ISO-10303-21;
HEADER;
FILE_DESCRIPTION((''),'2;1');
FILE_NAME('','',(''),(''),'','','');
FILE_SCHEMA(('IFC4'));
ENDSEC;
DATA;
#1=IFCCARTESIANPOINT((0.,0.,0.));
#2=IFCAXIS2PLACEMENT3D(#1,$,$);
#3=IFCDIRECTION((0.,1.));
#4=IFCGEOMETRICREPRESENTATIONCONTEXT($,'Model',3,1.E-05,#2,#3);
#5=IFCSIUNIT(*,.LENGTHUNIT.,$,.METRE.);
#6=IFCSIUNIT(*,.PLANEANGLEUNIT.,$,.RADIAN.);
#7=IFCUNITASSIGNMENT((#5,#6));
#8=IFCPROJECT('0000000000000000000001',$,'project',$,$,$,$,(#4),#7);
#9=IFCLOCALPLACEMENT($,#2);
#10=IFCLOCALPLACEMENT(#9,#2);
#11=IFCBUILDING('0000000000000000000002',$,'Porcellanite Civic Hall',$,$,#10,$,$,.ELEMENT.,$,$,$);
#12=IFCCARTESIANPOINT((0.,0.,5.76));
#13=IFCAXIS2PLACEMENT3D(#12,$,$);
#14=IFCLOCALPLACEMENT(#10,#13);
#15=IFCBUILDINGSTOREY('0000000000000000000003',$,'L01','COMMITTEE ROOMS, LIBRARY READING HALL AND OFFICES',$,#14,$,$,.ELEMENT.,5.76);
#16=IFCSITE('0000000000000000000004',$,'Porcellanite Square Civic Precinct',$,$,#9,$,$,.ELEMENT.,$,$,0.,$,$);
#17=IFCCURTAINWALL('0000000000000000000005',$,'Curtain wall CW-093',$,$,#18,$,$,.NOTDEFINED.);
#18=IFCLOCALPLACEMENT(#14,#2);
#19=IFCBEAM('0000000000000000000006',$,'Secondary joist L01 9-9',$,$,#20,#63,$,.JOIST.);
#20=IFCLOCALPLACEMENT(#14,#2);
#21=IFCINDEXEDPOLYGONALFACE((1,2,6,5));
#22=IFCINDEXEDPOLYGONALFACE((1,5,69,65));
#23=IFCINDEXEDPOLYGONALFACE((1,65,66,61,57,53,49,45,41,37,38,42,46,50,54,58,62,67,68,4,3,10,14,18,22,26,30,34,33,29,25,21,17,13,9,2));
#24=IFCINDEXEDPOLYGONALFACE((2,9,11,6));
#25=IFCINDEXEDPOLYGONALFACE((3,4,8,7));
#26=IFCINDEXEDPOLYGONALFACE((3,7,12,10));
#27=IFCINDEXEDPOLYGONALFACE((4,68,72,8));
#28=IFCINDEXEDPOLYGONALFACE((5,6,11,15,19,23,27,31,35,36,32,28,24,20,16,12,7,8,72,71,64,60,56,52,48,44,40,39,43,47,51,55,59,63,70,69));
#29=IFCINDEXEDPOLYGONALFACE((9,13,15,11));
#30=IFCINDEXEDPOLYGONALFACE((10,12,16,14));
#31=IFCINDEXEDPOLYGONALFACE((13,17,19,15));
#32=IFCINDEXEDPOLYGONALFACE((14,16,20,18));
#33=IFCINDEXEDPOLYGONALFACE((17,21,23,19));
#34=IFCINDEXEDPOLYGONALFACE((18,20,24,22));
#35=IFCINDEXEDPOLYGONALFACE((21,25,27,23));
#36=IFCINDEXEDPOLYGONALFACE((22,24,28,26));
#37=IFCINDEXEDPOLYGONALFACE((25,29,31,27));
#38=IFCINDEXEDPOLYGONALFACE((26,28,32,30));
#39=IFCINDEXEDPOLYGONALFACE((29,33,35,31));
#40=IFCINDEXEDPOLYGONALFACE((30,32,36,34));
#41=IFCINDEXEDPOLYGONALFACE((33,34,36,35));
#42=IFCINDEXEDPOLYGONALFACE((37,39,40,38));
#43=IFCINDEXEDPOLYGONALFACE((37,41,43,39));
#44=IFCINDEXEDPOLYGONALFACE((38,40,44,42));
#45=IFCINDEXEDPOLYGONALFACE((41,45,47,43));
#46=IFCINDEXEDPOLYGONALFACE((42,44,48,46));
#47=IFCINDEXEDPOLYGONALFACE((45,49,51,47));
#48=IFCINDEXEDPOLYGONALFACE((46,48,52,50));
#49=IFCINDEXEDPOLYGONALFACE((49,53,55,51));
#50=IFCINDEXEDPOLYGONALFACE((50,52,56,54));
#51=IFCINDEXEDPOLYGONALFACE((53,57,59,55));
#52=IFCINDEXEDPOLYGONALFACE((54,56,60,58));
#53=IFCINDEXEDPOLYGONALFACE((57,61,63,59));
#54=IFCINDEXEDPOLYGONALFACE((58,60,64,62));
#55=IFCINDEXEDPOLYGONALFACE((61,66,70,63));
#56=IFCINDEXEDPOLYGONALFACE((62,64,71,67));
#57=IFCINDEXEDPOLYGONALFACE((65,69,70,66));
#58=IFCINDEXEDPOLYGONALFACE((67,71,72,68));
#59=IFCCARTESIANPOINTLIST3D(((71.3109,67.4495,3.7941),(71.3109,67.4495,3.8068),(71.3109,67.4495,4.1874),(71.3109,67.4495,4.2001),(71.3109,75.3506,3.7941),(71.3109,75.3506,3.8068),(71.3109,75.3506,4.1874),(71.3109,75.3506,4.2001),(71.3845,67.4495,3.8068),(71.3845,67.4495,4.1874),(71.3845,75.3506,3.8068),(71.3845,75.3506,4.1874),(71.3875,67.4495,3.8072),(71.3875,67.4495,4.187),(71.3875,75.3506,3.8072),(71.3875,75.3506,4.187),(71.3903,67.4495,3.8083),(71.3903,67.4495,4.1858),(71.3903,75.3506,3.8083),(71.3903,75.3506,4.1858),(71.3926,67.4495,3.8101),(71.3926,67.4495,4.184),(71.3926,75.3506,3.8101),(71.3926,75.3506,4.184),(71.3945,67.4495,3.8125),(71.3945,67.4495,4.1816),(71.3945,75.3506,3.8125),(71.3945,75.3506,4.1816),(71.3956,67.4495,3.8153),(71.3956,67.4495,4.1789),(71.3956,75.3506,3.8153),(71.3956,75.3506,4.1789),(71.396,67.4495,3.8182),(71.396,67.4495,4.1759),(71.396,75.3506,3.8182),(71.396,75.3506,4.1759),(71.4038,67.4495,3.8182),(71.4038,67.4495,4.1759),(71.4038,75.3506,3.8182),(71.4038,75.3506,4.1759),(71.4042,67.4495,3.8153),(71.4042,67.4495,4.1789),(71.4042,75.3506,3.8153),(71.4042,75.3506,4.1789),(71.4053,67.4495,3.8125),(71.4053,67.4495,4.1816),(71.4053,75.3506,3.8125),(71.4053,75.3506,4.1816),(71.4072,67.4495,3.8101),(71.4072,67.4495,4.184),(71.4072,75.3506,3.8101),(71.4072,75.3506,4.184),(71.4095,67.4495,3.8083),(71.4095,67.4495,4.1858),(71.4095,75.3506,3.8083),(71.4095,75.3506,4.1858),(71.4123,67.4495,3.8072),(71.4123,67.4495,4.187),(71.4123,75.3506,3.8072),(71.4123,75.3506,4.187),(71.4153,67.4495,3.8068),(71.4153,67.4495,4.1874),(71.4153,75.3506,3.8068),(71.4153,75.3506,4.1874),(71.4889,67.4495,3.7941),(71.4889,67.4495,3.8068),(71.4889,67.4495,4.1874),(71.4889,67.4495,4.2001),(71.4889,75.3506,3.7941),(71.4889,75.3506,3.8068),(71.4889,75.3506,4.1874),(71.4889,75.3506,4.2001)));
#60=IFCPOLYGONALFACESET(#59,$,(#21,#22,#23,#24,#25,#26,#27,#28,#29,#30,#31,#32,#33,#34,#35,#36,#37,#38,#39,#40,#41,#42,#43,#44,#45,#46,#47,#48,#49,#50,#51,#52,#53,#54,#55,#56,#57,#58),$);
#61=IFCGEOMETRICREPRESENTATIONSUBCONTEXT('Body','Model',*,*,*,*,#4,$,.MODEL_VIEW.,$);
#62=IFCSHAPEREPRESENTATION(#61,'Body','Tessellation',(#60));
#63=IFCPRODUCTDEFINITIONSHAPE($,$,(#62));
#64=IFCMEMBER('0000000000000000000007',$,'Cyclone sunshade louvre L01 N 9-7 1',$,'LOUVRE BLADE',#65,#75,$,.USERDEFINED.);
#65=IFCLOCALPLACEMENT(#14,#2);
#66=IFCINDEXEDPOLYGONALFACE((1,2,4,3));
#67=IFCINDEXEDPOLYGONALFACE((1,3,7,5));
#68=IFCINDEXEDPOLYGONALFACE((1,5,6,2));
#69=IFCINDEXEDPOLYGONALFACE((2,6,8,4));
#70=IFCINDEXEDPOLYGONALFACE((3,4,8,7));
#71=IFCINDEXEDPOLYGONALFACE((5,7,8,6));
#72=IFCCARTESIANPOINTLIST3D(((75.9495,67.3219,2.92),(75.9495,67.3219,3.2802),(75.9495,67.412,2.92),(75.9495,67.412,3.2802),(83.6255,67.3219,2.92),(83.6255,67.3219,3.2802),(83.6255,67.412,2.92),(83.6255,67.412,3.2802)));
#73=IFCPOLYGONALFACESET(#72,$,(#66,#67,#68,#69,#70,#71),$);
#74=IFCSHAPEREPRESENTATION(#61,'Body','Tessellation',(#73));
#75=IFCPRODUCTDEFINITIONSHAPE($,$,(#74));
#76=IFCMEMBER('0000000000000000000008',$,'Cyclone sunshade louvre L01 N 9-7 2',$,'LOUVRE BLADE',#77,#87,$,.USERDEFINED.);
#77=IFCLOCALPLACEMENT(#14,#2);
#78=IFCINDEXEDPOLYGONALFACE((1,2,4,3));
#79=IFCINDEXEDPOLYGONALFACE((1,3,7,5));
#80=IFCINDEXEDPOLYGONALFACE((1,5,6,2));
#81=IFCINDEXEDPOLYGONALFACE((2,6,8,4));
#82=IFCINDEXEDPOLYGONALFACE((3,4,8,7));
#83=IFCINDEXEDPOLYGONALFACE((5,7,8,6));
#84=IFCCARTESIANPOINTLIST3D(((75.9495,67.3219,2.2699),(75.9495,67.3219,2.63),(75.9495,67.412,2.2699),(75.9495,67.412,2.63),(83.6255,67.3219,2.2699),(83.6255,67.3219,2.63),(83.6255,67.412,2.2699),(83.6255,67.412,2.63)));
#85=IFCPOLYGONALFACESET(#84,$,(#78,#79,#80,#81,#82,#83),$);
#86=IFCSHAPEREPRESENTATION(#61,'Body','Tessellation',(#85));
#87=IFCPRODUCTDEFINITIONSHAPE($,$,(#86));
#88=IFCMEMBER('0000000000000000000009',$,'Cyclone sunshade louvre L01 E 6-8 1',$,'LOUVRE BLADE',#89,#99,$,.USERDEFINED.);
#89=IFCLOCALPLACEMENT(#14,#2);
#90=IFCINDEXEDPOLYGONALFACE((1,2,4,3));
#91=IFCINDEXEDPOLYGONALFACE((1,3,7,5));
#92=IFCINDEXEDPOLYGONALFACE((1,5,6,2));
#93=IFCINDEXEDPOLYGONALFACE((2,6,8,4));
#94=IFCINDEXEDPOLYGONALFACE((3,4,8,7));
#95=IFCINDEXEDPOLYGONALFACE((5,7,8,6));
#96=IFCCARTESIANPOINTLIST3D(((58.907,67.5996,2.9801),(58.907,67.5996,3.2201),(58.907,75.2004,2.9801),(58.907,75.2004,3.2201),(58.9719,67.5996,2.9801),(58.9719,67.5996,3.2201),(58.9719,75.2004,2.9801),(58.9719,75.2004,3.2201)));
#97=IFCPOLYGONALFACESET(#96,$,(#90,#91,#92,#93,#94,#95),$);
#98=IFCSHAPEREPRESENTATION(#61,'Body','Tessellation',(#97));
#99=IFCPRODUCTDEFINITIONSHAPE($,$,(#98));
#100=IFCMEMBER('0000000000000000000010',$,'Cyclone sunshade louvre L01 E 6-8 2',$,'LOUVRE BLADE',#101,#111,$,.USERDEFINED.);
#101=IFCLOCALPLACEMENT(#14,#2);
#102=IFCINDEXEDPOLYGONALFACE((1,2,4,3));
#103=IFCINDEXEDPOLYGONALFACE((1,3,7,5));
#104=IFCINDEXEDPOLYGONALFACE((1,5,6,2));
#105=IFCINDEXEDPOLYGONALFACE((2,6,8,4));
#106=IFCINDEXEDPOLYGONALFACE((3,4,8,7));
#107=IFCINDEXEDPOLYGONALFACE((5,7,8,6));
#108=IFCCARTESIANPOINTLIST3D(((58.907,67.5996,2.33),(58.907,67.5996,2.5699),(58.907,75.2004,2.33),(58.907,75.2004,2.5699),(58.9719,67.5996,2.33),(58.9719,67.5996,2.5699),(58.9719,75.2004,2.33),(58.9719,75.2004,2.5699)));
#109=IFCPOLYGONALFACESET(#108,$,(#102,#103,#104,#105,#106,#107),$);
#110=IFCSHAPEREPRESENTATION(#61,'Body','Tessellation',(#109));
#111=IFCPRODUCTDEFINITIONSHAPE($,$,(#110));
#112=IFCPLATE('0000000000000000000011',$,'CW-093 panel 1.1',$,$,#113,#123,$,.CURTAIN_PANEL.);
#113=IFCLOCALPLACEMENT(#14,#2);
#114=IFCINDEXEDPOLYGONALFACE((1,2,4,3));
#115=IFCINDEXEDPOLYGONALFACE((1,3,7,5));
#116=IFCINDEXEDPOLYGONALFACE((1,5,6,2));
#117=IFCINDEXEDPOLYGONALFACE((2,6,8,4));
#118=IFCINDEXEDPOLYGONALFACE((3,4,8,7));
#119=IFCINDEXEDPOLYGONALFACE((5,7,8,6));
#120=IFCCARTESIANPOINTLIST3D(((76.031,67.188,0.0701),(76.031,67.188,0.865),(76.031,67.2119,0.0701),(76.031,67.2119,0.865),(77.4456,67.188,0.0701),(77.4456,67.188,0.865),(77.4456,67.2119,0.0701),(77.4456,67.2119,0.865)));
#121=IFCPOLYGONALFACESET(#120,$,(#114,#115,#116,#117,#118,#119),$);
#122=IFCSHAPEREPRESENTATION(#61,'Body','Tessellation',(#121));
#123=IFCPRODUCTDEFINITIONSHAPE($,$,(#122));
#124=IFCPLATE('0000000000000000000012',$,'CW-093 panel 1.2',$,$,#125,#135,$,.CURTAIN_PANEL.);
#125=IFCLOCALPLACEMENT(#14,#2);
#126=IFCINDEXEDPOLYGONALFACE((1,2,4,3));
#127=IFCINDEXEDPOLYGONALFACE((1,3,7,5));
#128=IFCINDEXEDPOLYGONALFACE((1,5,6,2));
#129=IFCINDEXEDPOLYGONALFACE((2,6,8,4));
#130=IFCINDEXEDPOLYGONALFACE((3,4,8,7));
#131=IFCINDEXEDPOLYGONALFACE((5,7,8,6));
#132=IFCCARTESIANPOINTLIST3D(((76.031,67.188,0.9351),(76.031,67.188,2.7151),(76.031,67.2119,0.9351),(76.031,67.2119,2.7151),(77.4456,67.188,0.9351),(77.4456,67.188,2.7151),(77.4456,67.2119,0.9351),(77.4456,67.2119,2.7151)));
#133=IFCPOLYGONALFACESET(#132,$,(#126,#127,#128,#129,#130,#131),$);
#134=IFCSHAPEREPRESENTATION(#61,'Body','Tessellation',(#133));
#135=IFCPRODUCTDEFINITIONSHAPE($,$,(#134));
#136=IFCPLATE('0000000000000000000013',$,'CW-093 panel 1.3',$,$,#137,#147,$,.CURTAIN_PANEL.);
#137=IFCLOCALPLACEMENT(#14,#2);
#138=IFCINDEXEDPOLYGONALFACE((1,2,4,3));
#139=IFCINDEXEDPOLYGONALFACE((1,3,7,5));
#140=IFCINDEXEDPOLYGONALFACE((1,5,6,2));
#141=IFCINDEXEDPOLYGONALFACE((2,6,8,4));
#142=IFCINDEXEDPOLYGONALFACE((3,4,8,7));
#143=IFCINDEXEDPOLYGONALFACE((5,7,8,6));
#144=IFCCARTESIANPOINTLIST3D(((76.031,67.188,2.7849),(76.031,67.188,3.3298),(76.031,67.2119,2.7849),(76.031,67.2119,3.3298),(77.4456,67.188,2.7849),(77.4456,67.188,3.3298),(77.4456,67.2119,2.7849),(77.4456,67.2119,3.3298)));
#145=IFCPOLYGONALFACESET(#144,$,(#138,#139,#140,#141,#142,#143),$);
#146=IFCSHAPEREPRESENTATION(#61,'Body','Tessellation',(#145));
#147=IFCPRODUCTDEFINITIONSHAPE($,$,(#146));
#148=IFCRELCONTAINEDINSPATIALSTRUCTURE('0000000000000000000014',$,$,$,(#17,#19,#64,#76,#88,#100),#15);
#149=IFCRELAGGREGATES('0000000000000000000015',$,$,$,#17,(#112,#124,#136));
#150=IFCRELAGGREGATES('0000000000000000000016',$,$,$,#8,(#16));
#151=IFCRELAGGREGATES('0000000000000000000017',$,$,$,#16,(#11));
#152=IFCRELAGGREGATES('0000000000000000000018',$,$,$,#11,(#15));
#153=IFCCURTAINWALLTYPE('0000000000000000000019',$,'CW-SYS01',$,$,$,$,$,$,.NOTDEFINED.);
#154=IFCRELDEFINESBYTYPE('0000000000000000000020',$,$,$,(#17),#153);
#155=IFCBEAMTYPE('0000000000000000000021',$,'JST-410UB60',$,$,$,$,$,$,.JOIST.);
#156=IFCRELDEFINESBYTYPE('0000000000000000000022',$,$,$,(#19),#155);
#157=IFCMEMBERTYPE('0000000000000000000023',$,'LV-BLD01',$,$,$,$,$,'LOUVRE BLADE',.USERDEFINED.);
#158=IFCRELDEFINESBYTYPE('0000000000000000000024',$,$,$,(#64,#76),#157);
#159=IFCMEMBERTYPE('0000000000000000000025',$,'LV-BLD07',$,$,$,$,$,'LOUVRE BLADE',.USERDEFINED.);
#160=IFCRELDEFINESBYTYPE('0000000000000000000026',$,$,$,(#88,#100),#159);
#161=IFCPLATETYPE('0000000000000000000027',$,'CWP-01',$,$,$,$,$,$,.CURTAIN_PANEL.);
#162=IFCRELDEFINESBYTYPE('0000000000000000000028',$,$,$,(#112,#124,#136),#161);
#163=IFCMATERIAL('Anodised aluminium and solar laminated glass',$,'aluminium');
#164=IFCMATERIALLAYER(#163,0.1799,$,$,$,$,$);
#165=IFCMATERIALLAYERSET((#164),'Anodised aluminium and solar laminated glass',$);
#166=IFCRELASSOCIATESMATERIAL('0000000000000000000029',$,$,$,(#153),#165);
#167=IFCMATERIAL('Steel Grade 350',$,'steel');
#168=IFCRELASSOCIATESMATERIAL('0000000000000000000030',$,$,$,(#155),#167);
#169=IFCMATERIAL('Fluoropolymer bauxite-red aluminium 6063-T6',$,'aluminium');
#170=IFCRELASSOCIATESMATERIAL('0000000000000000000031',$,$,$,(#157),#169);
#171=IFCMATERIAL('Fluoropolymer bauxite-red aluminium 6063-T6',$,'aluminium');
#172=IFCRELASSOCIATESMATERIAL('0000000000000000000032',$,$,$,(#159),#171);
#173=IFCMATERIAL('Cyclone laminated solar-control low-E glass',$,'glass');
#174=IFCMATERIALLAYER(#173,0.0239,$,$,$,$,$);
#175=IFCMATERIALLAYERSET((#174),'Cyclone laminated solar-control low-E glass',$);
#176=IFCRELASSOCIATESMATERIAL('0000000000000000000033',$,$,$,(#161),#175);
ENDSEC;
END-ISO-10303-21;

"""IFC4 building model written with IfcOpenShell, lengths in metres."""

from ifc_helpers import new_model, si_unit, direction, frame, origin, origin_2d, place, context, subcontext, project, spatial, rectangle, i_section, extrude, material, layer, layer_set, material_profile, profile_set, type_object, element, aggregate, save


model = new_model("IFC4")

# Units and contexts
model_context = context("Model", 3, precision=1e-05, world=origin(), true_north=direction((0.0, 1.0)))
body_context = subcontext(model_context, "Body", "Model", "MODEL_VIEW")
ifc_project = project(units=[si_unit("LENGTHUNIT", "METRE"), si_unit("PLANEANGLEUNIT", "RADIAN")], contexts=[model_context])

# Site, building, storey
site_placement = place(None, origin())
site = spatial("IfcSite", under=ifc_project, at=site_placement, Name="Porcellanite Square Civic Precinct", CompositionType="ELEMENT", RefElevation=0.0)
building_placement = place(site_placement, origin())
building = spatial("IfcBuilding", under=site, at=building_placement, Name="Porcellanite Civic Hall", CompositionType="ELEMENT")
storey_placement = place(building_placement, frame((0.0, 0.0, 5.76)))
storey = spatial("IfcBuildingStorey", under=building, at=storey_placement, Name="L01", Description="COMMITTEE ROOMS, LIBRARY READING HALL AND OFFICES", CompositionType="ELEMENT", Elevation=5.76)

# Curtain wall
ifc_material_1 = material(Name="Anodised aluminium and solar laminated glass", Category="aluminium")
ifc_layer_1 = layer(ifc_material_1, 0.1799)
ifc_layer_set_1 = layer_set([ifc_layer_1], Name="Anodised aluminium and solar laminated glass")
curtain_wall_type_1 = type_object("IfcCurtainWallType", Name="CW-SYS01", PredefinedType="NOTDEFINED", material=ifc_layer_set_1)
curtain_wall_1_placement = place(storey_placement, origin())
curtain_wall_1 = element("IfcCurtainWall", 1, at=curtain_wall_1_placement, inside=storey, type_object=curtain_wall_type_1, Name="Curtain wall CW-093", PredefinedType="NOTDEFINED")

# Beam
ifc_material_2 = material(Name="Steel Grade 350", Category="steel")
ifc_material_profile_1 = material_profile(ifc_material_2, i_section(OverallWidth=0.178, OverallDepth=0.406, WebThickness=0.0078, FlangeThickness=0.0127, FilletRadius=0.0115, at=origin_2d()), Name="410UB59.7")
ifc_profile_set_1 = profile_set([ifc_material_profile_1], Name="Steel Grade 350")
beam_type_1 = type_object("IfcBeamType", Name="JST-410UB60", PredefinedType="JOIST", material=ifc_profile_set_1)
beam_1_placement = place(storey_placement, frame((71.3999, 67.4495, 3.9971), z_axis=(0.0, 1.0, 0.0), x_axis=(-1.0, 0.0, 0.0)))
element("IfcBeam", 2, at=beam_1_placement, inside=storey, type_object=beam_type_1, Name="Secondary joist L01 9-9", PredefinedType="JOIST", context=body_context, shape_type="SweptSolid", body=[
    extrude(i_section(OverallWidth=0.178, OverallDepth=0.406, WebThickness=0.0078, FlangeThickness=0.0127, FilletRadius=0.0115, at=origin_2d()), origin(), (0.0, 0.0, 1.0), 7.9011),
])

# Members
ifc_material_3 = material(Name="Fluoropolymer bauxite-red aluminium 6063-T6", Category="aluminium")
ifc_material_profile_2 = material_profile(ifc_material_3, rectangle(XDim=0.0901, YDim=0.3601, at=origin_2d()), Name="AL-90x360")
ifc_profile_set_2 = profile_set([ifc_material_profile_2], Name="Fluoropolymer bauxite-red aluminium 6063-T6")
member_type_1 = type_object("IfcMemberType", Name="LV-BLD01", ElementType="LOUVRE BLADE", PredefinedType="USERDEFINED", material=ifc_profile_set_2)
for number, where, z_axis, x_axis, name in (
    (3, (75.9495, 67.3669, 3.1001), (1.0, 0.0, 0.0), (0.0, 1.0, 0.0), "Cyclone sunshade louvre L01 N 9-7 1"),
    (4, (75.9495, 67.3669, 2.45), (1.0, 0.0, 0.0), (0.0, 1.0, 0.0), "Cyclone sunshade louvre L01 N 9-7 2"),
):
    element("IfcMember", number, at=place(storey_placement, frame(where, z_axis=z_axis, x_axis=x_axis)), inside=storey, type_object=member_type_1, Name=name, ObjectType="LOUVRE BLADE", PredefinedType="USERDEFINED", context=body_context, shape_type="SweptSolid", body=[
        extrude(rectangle(XDim=0.0901, YDim=0.3601, at=origin_2d()), origin(), (0.0, 0.0, 1.0), 7.676),
    ])
ifc_material_4 = material(Name="Fluoropolymer bauxite-red aluminium 6063-T6", Category="aluminium")
ifc_material_profile_3 = material_profile(ifc_material_4, rectangle(XDim=0.0649, YDim=0.24, at=origin_2d()), Name="AL-65x240")
ifc_profile_set_3 = profile_set([ifc_material_profile_3], Name="Fluoropolymer bauxite-red aluminium 6063-T6")
member_type_2 = type_object("IfcMemberType", Name="LV-BLD07", ElementType="LOUVRE BLADE", PredefinedType="USERDEFINED", material=ifc_profile_set_3)
for number, where, z_axis, x_axis, name in (
    (5, (58.9395, 75.2004, 3.1001), (0.0, -1.0, 0.0), (1.0, 0.0, 0.0), "Cyclone sunshade louvre L01 E 6-8 1"),
    (6, (58.9395, 75.2004, 2.45), (0.0, -1.0, 0.0), (1.0, 0.0, 0.0), "Cyclone sunshade louvre L01 E 6-8 2"),
):
    element("IfcMember", number, at=place(storey_placement, frame(where, z_axis=z_axis, x_axis=x_axis)), inside=storey, type_object=member_type_2, Name=name, ObjectType="LOUVRE BLADE", PredefinedType="USERDEFINED", context=body_context, shape_type="SweptSolid", body=[
        extrude(rectangle(XDim=0.0649, YDim=0.24, at=origin_2d()), origin(), (0.0, 0.0, 1.0), 7.6008),
    ])

# Plates
ifc_material_5 = material(Name="Cyclone laminated solar-control low-E glass", Category="glass")
ifc_layer_2 = layer(ifc_material_5, 0.0239)
ifc_layer_set_2 = layer_set([ifc_layer_2], Name="Cyclone laminated solar-control low-E glass")
plate_type = type_object("IfcPlateType", Name="CWP-01", PredefinedType="CURTAIN_PANEL", material=ifc_layer_set_2)
plate_1_placement = place(storey_placement, frame((76.7383, 67.2, 0.0701), z_axis=(0.0, 0.0, 1.0), x_axis=(1.0, 0.0, 0.0)))
plate_1 = element("IfcPlate", 7, at=plate_1_placement, type_object=plate_type, Name="CW-093 panel 1.1", PredefinedType="CURTAIN_PANEL", context=body_context, shape_type="SweptSolid", body=[
    extrude(rectangle(XDim=1.4146, YDim=0.0239, at=origin_2d()), origin(), (0.0, 0.0, 1.0), 0.7949),
])
plate_2_placement = place(storey_placement, frame((76.7383, 67.2, 0.9351), z_axis=(0.0, 0.0, 1.0), x_axis=(1.0, 0.0, 0.0)))
plate_2 = element("IfcPlate", 8, at=plate_2_placement, type_object=plate_type, Name="CW-093 panel 1.2", PredefinedType="CURTAIN_PANEL", context=body_context, shape_type="SweptSolid", body=[
    extrude(rectangle(XDim=1.4146, YDim=0.0239, at=origin_2d()), origin(), (0.0, 0.0, 1.0), 1.78),
])
plate_3_placement = place(storey_placement, frame((76.7383, 67.2, 2.7849), z_axis=(0.0, 0.0, 1.0), x_axis=(1.0, 0.0, 0.0)))
plate_3 = element("IfcPlate", 9, at=plate_3_placement, type_object=plate_type, Name="CW-093 panel 1.3", PredefinedType="CURTAIN_PANEL", context=body_context, shape_type="SweptSolid", body=[
    extrude(rectangle(XDim=1.4146, YDim=0.0239, at=origin_2d()), origin(), (0.0, 0.0, 1.0), 0.5449),
])
aggregate(curtain_wall_1, [plate_1, plate_2, plate_3])

save(model, "model.ifc")
